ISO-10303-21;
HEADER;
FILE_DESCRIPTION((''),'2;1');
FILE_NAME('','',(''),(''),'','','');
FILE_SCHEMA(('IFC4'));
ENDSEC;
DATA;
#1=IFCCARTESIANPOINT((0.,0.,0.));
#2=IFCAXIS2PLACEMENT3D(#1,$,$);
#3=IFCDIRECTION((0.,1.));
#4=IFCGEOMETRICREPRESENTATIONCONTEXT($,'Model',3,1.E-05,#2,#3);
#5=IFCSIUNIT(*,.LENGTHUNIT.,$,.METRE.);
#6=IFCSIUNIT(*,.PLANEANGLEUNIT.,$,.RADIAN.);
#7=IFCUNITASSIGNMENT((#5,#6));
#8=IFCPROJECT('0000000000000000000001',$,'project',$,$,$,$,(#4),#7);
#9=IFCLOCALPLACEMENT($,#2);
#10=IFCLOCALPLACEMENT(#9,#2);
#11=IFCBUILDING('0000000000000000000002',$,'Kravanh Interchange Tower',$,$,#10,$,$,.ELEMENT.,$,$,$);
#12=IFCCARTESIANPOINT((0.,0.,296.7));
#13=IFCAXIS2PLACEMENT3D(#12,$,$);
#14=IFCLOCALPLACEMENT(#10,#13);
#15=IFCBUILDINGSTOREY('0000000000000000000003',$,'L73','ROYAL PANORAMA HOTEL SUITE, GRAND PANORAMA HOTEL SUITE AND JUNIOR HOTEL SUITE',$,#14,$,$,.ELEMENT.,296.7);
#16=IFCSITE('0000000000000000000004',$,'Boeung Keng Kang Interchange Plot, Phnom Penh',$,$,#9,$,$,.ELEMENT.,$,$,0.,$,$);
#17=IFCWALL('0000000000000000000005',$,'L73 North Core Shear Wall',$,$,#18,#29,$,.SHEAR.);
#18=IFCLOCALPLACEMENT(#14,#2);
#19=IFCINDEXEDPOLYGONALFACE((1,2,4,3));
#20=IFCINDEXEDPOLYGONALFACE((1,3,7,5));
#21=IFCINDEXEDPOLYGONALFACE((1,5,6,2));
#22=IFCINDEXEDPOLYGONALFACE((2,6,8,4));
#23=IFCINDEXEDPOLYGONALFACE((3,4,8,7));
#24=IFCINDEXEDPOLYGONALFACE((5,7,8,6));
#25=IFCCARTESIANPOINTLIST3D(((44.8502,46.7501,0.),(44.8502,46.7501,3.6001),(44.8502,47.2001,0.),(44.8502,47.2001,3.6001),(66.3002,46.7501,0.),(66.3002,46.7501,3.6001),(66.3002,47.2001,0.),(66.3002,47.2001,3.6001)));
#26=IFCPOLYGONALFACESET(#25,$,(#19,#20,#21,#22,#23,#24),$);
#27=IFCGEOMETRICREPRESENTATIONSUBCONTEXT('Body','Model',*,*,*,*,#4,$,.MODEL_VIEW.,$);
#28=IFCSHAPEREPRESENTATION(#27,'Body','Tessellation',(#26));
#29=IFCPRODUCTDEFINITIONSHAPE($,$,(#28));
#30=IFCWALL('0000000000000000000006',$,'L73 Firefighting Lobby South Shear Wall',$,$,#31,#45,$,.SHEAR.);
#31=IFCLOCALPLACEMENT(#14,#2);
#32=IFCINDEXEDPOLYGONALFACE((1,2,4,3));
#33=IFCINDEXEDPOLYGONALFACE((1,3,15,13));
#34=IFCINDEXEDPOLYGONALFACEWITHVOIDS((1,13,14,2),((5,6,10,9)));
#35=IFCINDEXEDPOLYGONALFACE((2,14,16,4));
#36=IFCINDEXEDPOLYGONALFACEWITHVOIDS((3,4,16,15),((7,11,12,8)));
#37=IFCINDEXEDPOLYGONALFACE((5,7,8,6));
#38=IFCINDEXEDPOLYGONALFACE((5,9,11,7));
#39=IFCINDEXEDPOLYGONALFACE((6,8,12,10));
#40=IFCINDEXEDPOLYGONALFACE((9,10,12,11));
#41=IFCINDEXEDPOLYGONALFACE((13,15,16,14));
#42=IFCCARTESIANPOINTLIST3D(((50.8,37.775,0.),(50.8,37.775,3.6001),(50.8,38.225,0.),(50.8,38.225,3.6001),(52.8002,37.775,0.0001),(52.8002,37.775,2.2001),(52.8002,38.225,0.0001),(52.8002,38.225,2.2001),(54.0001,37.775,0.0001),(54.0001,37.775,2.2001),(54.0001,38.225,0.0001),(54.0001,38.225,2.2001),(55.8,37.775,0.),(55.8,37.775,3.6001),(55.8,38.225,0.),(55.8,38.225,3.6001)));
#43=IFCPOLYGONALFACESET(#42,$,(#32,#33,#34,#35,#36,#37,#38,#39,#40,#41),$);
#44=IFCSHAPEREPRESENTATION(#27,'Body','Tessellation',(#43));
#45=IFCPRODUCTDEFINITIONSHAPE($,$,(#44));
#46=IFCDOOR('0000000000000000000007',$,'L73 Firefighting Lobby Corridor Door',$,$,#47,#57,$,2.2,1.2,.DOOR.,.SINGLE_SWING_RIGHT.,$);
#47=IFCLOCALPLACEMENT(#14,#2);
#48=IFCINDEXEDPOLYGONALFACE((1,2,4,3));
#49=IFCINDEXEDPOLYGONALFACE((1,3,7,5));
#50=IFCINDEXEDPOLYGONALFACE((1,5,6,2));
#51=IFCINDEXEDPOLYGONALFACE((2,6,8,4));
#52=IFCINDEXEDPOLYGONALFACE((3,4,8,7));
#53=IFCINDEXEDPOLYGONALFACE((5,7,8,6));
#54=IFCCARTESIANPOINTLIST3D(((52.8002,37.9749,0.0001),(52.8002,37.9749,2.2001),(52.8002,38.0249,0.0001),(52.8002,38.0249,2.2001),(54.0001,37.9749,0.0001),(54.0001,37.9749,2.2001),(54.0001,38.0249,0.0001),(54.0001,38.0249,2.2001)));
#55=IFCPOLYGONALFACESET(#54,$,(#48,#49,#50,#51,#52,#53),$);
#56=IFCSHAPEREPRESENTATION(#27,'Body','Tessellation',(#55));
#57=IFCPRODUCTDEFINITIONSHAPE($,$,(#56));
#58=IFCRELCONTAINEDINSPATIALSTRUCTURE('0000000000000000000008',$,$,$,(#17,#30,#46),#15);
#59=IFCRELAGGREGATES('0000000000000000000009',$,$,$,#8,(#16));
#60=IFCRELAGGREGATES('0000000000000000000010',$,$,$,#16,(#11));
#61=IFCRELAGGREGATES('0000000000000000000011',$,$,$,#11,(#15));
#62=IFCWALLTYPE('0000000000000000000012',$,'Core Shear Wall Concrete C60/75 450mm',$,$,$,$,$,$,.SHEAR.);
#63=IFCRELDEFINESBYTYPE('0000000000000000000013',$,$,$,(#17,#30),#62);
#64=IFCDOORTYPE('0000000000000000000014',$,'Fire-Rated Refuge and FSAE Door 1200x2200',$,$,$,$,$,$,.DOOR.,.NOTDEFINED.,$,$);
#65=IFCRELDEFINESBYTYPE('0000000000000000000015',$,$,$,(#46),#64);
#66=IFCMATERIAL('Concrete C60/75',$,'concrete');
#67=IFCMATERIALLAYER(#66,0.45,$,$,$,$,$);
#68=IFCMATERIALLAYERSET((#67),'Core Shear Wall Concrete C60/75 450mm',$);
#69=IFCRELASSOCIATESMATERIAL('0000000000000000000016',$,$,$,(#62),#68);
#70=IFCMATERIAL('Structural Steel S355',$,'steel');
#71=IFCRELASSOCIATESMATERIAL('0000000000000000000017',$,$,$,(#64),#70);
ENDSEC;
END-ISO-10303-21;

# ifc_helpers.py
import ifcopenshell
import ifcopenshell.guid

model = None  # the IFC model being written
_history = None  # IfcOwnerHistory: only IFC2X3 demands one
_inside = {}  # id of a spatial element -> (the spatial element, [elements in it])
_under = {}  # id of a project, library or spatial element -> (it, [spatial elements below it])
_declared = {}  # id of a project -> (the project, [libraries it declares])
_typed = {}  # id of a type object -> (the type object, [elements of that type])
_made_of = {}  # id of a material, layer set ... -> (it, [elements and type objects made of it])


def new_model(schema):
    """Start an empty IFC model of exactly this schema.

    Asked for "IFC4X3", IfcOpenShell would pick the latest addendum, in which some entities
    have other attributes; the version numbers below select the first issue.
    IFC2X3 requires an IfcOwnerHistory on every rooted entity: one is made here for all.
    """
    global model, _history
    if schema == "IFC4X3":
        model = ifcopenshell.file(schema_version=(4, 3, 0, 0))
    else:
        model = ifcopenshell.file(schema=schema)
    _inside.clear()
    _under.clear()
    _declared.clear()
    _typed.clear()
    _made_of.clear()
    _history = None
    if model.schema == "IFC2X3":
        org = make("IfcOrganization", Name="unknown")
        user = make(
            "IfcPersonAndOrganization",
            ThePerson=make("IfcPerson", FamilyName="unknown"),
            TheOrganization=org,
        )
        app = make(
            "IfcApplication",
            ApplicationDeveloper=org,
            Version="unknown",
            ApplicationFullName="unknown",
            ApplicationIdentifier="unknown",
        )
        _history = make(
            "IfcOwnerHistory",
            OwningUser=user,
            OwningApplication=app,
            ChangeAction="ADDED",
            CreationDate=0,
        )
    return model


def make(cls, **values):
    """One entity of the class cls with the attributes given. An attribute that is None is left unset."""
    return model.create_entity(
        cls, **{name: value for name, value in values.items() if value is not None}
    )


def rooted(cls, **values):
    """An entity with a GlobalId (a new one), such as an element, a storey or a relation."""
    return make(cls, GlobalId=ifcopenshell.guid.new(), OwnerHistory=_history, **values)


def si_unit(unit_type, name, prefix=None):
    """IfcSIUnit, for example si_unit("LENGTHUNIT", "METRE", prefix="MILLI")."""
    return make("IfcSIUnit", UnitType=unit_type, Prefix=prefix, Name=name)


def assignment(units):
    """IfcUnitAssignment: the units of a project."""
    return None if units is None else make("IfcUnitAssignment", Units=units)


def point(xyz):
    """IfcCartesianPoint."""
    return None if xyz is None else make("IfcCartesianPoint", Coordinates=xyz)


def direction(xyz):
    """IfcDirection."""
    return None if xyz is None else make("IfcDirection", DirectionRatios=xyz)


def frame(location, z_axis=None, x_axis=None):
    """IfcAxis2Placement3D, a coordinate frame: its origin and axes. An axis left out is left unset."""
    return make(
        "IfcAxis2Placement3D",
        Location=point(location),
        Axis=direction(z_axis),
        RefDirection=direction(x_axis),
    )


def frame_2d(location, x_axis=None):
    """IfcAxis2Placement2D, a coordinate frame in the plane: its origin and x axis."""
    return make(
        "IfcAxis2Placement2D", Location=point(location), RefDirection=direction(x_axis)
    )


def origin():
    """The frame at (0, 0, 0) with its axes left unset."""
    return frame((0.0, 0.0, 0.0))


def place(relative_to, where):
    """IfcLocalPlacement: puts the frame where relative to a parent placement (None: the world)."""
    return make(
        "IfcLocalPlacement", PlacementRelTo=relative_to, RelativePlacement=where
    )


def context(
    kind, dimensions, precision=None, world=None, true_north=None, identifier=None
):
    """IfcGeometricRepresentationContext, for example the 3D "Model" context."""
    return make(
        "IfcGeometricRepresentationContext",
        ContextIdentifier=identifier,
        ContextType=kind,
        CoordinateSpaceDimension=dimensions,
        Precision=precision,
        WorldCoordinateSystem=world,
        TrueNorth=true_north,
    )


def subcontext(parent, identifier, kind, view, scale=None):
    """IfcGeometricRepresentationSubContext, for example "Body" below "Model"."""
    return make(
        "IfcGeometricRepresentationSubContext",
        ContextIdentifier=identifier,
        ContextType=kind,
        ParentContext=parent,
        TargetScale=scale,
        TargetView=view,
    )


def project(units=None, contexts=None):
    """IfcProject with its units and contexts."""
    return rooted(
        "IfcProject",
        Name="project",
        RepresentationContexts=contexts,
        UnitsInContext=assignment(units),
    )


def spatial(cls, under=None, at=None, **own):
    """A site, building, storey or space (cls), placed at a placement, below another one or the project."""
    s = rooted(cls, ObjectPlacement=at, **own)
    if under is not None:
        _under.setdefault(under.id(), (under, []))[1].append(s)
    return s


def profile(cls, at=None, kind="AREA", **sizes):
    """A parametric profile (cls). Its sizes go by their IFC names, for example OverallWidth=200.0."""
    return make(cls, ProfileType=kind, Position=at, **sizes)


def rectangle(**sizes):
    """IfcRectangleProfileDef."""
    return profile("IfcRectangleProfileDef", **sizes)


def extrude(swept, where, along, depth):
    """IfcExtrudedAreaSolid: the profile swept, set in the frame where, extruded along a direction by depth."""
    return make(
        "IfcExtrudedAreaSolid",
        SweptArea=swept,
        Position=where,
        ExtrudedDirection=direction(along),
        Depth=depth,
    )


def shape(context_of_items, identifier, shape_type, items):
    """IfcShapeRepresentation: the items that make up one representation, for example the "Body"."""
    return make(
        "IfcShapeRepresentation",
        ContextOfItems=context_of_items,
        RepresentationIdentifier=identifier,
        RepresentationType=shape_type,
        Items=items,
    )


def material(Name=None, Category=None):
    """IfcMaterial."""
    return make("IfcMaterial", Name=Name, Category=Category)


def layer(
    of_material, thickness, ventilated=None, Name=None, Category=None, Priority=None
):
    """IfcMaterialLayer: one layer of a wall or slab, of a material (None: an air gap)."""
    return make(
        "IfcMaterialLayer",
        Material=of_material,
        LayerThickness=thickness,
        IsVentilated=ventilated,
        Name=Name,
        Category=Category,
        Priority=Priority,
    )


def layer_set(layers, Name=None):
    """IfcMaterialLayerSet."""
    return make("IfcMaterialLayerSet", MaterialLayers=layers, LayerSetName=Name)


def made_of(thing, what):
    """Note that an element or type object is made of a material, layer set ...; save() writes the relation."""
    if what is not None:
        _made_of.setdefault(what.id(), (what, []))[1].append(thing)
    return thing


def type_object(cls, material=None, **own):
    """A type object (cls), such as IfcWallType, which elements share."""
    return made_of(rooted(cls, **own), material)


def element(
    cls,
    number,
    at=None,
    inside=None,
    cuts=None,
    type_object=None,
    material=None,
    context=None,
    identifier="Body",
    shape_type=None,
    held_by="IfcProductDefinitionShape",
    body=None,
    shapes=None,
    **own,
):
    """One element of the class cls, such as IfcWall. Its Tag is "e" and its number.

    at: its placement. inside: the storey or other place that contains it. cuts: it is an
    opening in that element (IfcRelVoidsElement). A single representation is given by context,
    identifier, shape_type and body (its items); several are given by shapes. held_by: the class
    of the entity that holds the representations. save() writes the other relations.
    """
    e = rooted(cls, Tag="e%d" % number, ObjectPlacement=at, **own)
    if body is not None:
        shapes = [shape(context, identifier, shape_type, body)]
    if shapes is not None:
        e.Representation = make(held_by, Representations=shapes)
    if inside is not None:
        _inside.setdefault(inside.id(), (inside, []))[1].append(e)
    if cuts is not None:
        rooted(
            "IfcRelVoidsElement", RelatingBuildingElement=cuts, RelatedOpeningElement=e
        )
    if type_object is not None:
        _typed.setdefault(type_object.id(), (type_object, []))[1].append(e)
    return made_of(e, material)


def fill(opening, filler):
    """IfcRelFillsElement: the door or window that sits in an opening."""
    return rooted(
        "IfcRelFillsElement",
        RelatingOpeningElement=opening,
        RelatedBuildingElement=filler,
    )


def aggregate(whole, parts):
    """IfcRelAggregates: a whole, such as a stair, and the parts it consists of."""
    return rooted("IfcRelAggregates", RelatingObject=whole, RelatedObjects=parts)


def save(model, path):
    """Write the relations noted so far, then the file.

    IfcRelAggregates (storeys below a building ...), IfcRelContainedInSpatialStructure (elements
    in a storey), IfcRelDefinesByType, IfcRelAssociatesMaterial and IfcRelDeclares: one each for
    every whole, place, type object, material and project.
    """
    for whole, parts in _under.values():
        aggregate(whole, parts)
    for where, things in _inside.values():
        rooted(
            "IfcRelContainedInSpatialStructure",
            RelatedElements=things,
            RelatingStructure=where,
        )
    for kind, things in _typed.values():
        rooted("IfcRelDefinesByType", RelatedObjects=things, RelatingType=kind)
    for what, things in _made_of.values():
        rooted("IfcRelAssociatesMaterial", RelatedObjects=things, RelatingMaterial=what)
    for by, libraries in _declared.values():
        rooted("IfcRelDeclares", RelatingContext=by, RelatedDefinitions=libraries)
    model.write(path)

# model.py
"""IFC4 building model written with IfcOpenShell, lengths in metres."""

from ifc_helpers import new_model, si_unit, direction, frame, frame_2d, origin, place, context, subcontext, project, spatial, rectangle, extrude, material, layer, layer_set, type_object, element, fill, save


model = new_model("IFC4")

# Units and contexts
model_context = context("Model", 3, precision=1e-05, world=origin(), true_north=direction((0.0, 1.0)))
body_context = subcontext(model_context, "Body", "Model", "MODEL_VIEW")
ifc_project = project(units=[si_unit("LENGTHUNIT", "METRE"), si_unit("PLANEANGLEUNIT", "RADIAN")], contexts=[model_context])

# Site, building, storey
site_placement = place(None, origin())
site = spatial("IfcSite", under=ifc_project, at=site_placement, Name="Boeung Keng Kang Interchange Plot, Phnom Penh", CompositionType="ELEMENT", RefElevation=0.0)
building_placement = place(site_placement, origin())
building = spatial("IfcBuilding", under=site, at=building_placement, Name="Kravanh Interchange Tower", CompositionType="ELEMENT")
storey_placement = place(building_placement, frame((0.0, 0.0, 296.7)))
storey = spatial("IfcBuildingStorey", under=building, at=storey_placement, Name="L73", Description="ROYAL PANORAMA HOTEL SUITE, GRAND PANORAMA HOTEL SUITE AND JUNIOR HOTEL SUITE", CompositionType="ELEMENT", Elevation=296.7)

# Wall
ifc_material_1 = material(Name="Concrete C60/75", Category="concrete")
ifc_layer_1 = layer(ifc_material_1, 0.45)
ifc_layer_set_1 = layer_set([ifc_layer_1], Name="Core Shear Wall Concrete C60/75 450mm")
wall_type_1 = type_object("IfcWallType", Name="Core Shear Wall Concrete C60/75 450mm", PredefinedType="SHEAR", material=ifc_layer_set_1)
wall_1_placement = place(storey_placement, frame((44.8501, 46.9751, 0.0), z_axis=(0.0, 0.0, 1.0), x_axis=(1.0, 0.0, 0.0)))
element("IfcWall", 1, at=wall_1_placement, inside=storey, type_object=wall_type_1, Name="L73 North Core Shear Wall", PredefinedType="SHEAR", context=body_context, shape_type="SweptSolid", body=[
    extrude(rectangle(XDim=21.45, YDim=0.45, at=frame_2d((10.7251, 0.0))), origin(), (0.0, 0.0, 1.0), 3.6001),
])

# Wall, opening, door
wall_2_placement = place(storey_placement, frame((50.8, 38.0, 0.0), z_axis=(0.0, 0.0, 1.0), x_axis=(1.0, 0.0, 0.0)))
wall_2 = element("IfcWall", 2, at=wall_2_placement, inside=storey, type_object=wall_type_1, Name="L73 Firefighting Lobby South Shear Wall", PredefinedType="SHEAR", context=body_context, shape_type="SweptSolid", body=[
    extrude(rectangle(XDim=5.0, YDim=0.45, at=frame_2d((2.5, 0.0))), origin(), (0.0, 0.0, 1.0), 3.6001),
])
opening_1_placement = place(wall_2_placement, frame((2.0, 0.0, 0.0)))
opening_1 = element("IfcOpeningElement", 3, at=opening_1_placement, cuts=wall_2, PredefinedType="OPENING", context=body_context, shape_type="SweptSolid", body=[
    extrude(rectangle(XDim=1.2, YDim=2.2, at=frame_2d((0.6001, 1.1001))), frame((0.0, 0.2349, 0.0), z_axis=(0.0, -1.0, 0.0), x_axis=(1.0, 0.0, 0.0)), (0.0, 0.0, 1.0), 0.47),
])
ifc_material_2 = material(Name="Structural Steel S355", Category="steel")
door_type_1 = type_object("IfcDoorType", Name="Fire-Rated Refuge and FSAE Door 1200x2200", OperationType="NOTDEFINED", PredefinedType="DOOR", material=ifc_material_2)
door_1_placement = place(opening_1_placement, origin())
door_1 = element("IfcDoor", 4, at=door_1_placement, inside=storey, type_object=door_type_1, Name="L73 Firefighting Lobby Corridor Door", OperationType="SINGLE_SWING_RIGHT", OverallHeight=2.2, OverallWidth=1.2, PredefinedType="DOOR", context=body_context, shape_type="SweptSolid", body=[
    extrude(rectangle(XDim=1.2, YDim=2.2, at=frame_2d((0.6001, 1.1001))), frame((0.0, 0.0249, 0.0), z_axis=(0.0, -1.0, 0.0), x_axis=(1.0, 0.0, 0.0)), (0.0, 0.0, 1.0), 0.05),
])
fill(opening_1, door_1)

save(model, "model.ifc")
